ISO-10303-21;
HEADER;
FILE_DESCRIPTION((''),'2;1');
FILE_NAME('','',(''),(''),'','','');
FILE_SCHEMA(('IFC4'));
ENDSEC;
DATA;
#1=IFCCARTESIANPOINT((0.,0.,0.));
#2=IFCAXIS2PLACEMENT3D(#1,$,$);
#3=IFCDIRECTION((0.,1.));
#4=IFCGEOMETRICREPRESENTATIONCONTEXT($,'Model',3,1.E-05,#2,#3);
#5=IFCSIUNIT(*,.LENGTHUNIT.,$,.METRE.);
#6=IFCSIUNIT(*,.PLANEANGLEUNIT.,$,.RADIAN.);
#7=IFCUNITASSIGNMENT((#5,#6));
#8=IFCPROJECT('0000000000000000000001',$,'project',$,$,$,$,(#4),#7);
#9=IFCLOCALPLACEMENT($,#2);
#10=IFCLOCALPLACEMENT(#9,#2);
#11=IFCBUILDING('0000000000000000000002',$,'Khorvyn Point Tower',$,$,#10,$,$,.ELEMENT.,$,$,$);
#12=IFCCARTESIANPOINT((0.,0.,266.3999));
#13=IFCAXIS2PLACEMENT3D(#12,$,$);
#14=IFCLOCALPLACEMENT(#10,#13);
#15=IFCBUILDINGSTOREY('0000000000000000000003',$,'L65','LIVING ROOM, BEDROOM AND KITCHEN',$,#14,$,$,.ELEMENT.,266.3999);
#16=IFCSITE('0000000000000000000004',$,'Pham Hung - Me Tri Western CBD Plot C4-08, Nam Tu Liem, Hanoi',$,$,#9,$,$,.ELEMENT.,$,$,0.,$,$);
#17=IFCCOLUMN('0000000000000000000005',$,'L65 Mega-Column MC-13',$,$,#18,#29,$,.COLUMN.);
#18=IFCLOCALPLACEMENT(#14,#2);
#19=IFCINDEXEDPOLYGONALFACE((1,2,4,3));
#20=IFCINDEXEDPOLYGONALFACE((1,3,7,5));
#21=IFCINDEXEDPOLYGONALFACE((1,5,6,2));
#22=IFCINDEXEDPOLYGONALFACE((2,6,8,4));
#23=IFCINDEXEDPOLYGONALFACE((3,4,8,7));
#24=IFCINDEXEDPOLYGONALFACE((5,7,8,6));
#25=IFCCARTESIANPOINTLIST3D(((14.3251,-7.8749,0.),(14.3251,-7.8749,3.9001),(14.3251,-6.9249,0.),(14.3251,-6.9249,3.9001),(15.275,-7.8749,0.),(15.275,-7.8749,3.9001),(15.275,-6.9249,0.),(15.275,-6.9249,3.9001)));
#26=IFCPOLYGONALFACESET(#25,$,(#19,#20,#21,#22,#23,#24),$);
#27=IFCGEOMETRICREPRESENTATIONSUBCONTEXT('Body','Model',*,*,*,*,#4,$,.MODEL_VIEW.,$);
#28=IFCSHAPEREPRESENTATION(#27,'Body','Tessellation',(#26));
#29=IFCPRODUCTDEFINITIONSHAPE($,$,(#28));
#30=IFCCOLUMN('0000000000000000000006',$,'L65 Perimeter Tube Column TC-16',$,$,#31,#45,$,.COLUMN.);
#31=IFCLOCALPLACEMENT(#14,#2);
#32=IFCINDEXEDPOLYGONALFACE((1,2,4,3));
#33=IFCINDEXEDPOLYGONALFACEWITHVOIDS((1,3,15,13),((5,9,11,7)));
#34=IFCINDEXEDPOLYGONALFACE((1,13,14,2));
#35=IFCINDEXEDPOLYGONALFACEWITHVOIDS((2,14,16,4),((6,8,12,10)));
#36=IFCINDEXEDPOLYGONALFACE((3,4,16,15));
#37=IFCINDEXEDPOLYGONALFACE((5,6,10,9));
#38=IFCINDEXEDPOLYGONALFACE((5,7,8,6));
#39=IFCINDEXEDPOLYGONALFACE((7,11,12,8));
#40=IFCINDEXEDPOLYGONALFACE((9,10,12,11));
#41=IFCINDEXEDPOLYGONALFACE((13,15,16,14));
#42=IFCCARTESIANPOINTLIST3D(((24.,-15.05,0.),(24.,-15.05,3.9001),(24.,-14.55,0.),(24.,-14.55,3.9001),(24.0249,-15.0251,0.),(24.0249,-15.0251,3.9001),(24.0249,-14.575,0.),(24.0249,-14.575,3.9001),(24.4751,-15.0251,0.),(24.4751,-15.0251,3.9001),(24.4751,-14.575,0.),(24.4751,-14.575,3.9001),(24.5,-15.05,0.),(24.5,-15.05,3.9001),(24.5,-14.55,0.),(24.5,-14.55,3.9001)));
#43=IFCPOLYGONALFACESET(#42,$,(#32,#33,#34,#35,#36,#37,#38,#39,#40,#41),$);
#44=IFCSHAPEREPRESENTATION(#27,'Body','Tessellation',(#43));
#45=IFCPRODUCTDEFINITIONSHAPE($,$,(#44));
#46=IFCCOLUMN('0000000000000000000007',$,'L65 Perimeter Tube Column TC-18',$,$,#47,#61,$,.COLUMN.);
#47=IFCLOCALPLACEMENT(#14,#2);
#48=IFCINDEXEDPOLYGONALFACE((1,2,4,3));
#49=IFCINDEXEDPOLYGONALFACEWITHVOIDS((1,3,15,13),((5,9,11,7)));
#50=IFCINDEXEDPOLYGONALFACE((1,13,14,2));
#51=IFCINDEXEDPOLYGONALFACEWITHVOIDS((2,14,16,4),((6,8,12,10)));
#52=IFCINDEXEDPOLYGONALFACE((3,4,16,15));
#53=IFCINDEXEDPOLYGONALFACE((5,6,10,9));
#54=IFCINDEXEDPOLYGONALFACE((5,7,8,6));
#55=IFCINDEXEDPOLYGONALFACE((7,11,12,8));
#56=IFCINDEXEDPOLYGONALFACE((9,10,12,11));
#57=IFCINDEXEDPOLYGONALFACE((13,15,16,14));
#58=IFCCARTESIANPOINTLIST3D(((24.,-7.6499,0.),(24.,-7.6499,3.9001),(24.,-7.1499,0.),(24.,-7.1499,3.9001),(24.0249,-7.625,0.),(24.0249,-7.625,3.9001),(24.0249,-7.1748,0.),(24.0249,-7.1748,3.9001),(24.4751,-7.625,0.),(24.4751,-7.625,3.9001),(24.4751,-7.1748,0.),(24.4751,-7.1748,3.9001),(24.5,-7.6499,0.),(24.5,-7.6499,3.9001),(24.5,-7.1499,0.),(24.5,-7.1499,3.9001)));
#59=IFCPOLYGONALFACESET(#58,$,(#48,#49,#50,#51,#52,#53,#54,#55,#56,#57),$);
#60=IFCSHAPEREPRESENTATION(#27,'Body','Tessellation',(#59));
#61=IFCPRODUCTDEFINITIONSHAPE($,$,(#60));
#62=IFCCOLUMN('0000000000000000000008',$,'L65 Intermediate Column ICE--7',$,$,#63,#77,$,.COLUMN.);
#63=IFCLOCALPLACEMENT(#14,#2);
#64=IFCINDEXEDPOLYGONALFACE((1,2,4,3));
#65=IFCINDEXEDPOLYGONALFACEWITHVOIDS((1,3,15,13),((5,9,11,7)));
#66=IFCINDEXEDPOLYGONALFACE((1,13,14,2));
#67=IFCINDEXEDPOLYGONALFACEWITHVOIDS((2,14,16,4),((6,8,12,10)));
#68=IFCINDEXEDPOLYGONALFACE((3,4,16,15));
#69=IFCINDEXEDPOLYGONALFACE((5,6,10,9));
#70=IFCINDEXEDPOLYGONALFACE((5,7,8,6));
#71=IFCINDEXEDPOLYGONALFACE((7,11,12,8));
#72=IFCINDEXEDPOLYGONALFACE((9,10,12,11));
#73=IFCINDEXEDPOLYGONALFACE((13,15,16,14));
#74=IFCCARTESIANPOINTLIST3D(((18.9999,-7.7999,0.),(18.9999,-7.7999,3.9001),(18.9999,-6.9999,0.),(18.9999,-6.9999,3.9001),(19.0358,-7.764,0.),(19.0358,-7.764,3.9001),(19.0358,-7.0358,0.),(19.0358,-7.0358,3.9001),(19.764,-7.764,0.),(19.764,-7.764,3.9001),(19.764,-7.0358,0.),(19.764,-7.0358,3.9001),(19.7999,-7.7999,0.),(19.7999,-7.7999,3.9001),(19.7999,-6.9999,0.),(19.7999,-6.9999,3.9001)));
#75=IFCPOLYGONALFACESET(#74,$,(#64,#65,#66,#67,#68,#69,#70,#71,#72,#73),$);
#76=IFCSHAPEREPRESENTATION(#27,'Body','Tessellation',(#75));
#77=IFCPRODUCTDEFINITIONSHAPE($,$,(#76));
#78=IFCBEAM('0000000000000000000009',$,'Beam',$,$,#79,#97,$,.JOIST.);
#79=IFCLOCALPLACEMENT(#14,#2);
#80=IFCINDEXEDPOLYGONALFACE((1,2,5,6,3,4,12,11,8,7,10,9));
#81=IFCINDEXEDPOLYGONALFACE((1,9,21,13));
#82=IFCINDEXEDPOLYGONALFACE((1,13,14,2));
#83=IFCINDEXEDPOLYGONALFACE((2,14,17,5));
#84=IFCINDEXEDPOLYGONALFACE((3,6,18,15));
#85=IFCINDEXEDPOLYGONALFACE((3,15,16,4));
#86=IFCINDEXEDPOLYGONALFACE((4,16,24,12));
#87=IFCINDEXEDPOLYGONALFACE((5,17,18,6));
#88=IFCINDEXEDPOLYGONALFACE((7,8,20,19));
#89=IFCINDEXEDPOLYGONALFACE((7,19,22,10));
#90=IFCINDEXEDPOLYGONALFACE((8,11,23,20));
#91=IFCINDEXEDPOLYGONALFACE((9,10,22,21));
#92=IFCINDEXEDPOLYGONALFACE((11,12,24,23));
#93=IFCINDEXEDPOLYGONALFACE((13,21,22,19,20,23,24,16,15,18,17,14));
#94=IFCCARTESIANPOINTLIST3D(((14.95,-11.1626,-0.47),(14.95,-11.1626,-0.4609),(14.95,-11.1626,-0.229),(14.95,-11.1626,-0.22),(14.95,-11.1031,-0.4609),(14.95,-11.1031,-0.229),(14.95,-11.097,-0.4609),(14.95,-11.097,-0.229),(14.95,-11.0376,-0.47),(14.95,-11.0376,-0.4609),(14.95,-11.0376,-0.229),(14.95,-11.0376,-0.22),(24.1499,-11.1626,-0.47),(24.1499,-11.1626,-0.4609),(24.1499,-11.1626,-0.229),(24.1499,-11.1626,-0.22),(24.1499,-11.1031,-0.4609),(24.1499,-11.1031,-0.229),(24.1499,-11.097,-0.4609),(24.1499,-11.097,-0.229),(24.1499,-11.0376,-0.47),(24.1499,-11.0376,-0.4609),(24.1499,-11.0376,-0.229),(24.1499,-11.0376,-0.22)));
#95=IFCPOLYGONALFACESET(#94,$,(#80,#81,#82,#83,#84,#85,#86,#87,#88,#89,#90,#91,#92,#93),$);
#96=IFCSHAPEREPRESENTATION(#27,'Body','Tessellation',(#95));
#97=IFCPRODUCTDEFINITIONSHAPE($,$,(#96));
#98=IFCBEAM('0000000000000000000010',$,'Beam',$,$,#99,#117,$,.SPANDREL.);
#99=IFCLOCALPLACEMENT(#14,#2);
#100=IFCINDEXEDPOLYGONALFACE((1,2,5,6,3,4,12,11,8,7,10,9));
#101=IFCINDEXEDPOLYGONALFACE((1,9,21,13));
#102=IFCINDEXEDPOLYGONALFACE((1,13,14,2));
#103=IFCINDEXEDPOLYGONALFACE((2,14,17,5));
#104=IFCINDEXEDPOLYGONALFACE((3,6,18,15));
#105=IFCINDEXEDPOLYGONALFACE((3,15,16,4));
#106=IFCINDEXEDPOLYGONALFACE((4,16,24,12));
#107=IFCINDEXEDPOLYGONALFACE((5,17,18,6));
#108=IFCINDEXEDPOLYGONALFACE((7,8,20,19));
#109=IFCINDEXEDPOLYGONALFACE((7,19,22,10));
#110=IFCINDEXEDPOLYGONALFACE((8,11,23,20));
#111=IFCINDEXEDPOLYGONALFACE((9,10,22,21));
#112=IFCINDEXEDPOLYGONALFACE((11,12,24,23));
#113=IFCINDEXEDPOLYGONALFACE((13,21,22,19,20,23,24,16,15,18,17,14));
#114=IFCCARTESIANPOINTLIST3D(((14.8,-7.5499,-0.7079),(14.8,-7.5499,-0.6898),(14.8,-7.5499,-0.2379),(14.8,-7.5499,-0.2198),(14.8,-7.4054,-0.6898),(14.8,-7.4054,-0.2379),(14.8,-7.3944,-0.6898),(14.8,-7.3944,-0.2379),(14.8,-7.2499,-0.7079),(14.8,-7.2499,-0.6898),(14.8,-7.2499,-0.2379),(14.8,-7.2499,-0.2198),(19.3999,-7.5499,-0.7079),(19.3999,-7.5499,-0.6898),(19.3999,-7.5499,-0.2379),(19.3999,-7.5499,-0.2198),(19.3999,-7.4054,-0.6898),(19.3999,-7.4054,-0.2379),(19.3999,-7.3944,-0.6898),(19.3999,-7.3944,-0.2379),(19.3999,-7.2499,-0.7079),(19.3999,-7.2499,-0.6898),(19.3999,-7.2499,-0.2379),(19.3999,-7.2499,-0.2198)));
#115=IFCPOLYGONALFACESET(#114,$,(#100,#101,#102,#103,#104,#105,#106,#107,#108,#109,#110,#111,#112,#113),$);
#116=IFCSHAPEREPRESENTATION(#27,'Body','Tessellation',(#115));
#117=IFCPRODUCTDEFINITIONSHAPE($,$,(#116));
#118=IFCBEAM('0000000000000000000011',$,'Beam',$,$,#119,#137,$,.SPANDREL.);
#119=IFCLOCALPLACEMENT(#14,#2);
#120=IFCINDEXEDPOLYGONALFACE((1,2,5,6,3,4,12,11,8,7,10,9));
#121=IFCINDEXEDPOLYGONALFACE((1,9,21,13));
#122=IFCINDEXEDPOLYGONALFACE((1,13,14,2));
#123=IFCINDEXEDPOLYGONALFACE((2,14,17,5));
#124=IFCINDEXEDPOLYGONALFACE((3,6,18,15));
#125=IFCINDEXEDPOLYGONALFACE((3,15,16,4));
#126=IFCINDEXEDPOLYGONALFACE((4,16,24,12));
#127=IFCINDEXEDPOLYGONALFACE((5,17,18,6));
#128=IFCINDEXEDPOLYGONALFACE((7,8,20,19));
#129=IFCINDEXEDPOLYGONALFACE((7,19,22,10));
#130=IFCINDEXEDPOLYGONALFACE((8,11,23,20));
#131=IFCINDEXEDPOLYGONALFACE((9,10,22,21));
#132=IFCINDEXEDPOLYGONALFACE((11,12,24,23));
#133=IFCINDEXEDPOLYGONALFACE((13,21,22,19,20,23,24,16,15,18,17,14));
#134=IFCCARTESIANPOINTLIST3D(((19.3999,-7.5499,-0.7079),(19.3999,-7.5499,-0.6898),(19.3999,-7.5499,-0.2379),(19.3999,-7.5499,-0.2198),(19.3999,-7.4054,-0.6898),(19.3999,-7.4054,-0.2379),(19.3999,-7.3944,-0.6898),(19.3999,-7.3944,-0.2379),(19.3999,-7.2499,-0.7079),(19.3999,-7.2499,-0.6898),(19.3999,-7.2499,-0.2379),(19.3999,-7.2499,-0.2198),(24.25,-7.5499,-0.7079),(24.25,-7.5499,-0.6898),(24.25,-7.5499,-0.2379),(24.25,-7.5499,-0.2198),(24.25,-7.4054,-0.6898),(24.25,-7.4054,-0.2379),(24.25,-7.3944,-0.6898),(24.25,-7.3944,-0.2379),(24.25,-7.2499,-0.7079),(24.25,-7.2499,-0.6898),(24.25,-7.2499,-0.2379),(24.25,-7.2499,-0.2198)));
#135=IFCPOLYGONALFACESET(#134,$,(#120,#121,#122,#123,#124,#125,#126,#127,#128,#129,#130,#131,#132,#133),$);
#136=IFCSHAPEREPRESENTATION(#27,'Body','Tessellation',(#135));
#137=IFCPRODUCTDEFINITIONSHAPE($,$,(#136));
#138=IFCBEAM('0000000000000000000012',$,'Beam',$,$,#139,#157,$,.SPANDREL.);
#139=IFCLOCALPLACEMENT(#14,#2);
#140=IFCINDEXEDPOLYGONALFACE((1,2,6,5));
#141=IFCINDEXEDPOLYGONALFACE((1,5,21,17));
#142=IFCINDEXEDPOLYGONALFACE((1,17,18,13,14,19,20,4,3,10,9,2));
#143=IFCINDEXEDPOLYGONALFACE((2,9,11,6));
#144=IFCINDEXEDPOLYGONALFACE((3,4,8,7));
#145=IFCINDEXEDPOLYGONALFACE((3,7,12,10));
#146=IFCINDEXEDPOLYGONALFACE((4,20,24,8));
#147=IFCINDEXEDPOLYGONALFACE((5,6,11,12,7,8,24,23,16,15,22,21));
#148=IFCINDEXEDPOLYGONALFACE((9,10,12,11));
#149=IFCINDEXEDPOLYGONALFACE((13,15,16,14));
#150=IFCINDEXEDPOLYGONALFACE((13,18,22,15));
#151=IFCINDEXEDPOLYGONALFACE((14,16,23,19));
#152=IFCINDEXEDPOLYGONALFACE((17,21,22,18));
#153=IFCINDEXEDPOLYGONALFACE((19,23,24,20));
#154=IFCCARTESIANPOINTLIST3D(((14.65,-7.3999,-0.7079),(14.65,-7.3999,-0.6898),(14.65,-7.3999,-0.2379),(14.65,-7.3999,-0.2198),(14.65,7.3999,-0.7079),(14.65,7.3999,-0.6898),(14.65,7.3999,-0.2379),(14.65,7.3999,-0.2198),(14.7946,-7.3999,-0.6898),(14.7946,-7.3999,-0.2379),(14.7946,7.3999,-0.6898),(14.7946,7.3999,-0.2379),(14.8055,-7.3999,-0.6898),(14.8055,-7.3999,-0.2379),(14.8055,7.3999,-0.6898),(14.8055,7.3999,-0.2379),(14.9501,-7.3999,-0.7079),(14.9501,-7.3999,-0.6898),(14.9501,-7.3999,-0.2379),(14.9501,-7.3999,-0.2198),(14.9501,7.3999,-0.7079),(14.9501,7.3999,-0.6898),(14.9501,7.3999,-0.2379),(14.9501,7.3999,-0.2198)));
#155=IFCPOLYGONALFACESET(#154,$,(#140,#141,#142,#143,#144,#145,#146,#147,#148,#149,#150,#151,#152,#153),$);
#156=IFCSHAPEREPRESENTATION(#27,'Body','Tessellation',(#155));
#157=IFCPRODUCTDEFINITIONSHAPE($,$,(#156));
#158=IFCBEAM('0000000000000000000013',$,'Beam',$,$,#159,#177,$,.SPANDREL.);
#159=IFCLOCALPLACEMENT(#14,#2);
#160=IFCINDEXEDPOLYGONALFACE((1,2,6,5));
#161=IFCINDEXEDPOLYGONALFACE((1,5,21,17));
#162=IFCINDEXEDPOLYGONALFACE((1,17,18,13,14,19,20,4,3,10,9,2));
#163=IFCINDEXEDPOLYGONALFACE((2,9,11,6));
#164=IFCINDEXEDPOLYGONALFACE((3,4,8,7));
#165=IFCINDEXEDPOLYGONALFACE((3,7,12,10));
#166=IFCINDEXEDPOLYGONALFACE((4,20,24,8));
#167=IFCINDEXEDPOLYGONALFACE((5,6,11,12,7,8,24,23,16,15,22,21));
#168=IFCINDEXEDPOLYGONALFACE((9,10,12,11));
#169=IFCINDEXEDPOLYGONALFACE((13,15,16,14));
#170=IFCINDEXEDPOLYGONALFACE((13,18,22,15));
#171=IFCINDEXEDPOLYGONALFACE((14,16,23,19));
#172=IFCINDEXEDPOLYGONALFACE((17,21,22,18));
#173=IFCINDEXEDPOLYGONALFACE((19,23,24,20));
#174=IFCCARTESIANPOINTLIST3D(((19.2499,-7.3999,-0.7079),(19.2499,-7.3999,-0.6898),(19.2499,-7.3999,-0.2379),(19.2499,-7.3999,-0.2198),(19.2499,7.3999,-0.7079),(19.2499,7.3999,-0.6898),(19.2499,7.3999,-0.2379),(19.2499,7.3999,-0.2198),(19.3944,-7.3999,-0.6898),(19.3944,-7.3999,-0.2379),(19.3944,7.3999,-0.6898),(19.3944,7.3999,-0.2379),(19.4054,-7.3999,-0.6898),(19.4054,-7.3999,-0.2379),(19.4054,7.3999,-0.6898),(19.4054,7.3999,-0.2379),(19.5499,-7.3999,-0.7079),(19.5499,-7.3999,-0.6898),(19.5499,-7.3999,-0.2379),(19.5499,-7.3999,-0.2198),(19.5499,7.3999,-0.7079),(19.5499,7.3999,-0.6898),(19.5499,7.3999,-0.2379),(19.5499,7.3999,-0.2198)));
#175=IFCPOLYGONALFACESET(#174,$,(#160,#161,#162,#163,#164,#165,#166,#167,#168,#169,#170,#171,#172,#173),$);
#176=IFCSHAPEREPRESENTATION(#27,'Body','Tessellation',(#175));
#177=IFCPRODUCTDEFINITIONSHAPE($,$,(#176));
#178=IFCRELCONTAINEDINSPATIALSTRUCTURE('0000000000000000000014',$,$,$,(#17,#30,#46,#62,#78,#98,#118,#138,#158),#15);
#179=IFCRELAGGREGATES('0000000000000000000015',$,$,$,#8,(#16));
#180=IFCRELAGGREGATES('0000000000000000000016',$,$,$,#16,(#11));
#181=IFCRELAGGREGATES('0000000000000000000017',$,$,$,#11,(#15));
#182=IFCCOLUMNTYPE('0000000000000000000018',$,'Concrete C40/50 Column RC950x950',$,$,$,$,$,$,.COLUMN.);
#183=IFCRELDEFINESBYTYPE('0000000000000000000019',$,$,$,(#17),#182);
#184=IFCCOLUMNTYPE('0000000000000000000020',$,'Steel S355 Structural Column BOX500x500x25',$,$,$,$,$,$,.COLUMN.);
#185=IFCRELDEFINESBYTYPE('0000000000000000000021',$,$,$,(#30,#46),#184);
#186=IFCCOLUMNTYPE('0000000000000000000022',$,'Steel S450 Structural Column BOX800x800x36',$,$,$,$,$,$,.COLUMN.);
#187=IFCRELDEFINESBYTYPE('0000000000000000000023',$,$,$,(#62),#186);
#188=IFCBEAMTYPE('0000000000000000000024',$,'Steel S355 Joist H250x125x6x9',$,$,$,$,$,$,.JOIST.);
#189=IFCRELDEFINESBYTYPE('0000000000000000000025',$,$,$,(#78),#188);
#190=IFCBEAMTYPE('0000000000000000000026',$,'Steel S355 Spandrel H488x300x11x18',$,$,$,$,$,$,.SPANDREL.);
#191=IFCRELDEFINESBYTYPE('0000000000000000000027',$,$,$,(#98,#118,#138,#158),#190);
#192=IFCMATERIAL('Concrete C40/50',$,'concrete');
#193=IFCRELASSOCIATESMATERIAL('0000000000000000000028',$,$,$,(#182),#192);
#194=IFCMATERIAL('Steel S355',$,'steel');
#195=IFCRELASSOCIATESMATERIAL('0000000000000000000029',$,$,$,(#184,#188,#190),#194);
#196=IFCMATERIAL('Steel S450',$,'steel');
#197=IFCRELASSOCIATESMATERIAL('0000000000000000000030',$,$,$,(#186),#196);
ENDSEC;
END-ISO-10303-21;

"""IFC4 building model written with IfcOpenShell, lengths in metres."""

from ifc_helpers import new_model, si_unit, direction, frame, origin, origin_2d, place, context, subcontext, project, spatial, rectangle, hollow_rectangle, i_section, extrude, material, material_profile, profile_set, type_object, element, save


model = new_model("IFC4")

# Units and contexts
model_context = context("Model", 3, precision=1e-05, world=origin(), true_north=direction((0.0, 1.0)))
body_context = subcontext(model_context, "Body", "Model", "MODEL_VIEW")
ifc_project = project(units=[si_unit("LENGTHUNIT", "METRE"), si_unit("PLANEANGLEUNIT", "RADIAN")], contexts=[model_context])

# Site, building, storey
site_placement = place(None, origin())
site = spatial("IfcSite", under=ifc_project, at=site_placement, Name="Pham Hung - Me Tri Western CBD Plot C4-08, Nam Tu Liem, Hanoi", CompositionType="ELEMENT", RefElevation=0.0)
building_placement = place(site_placement, origin())
building = spatial("IfcBuilding", under=site, at=building_placement, Name="Khorvyn Point Tower", CompositionType="ELEMENT")
storey_placement = place(building_placement, frame((0.0, 0.0, 266.3999)))
storey = spatial("IfcBuildingStorey", under=building, at=storey_placement, Name="L65", Description="LIVING ROOM, BEDROOM AND KITCHEN", CompositionType="ELEMENT", Elevation=266.3999)

# Columns
ifc_material_1 = material(Name="Concrete C40/50", Category="concrete")
ifc_material_profile_1 = material_profile(ifc_material_1, rectangle(XDim=0.95, YDim=0.95, at=origin_2d()))
ifc_profile_set_1 = profile_set([ifc_material_profile_1], Name="Concrete C40/50 RC950x950")
column_type_1 = type_object("IfcColumnType", Name="Concrete C40/50 Column RC950x950", PredefinedType="COLUMN", material=ifc_profile_set_1)
column_1_placement = place(storey_placement, frame((14.8, -7.3999, 0.0), z_axis=(0.0, 0.0, 1.0), x_axis=(1.0, 0.0, 0.0)))
element("IfcColumn", 1, at=column_1_placement, inside=storey, type_object=column_type_1, Name="L65 Mega-Column MC-13", PredefinedType="COLUMN", context=body_context, shape_type="SweptSolid", body=[
    extrude(rectangle(XDim=0.95, YDim=0.95, at=origin_2d()), origin(), (0.0, 0.0, 1.0), 3.9001),
])
ifc_material_2 = material(Name="Steel S355", Category="steel")
ifc_material_profile_2 = material_profile(ifc_material_2, hollow_rectangle(XDim=0.5, YDim=0.5, WallThickness=0.0249, at=origin_2d()))
ifc_profile_set_2 = profile_set([ifc_material_profile_2], Name="Steel S355 BOX500x500x25")
column_type_2 = type_object("IfcColumnType", Name="Steel S355 Structural Column BOX500x500x25", PredefinedType="COLUMN", material=ifc_profile_set_2)
for number, where, z_axis, x_axis, name in (
    (2, (24.25, -14.8, 0.0), (0.0, 0.0, 1.0), (1.0, 0.0, 0.0), "L65 Perimeter Tube Column TC-16"),
    (3, (24.25, -7.3999, 0.0), (0.0, 0.0, 1.0), (1.0, 0.0, 0.0), "L65 Perimeter Tube Column TC-18"),
):
    element("IfcColumn", number, at=place(storey_placement, frame(where, z_axis=z_axis, x_axis=x_axis)), inside=storey, type_object=column_type_2, Name=name, PredefinedType="COLUMN", context=body_context, shape_type="SweptSolid", body=[
        extrude(hollow_rectangle(XDim=0.5, YDim=0.5, WallThickness=0.0249, at=origin_2d()), origin(), (0.0, 0.0, 1.0), 3.9001),
    ])
ifc_material_3 = material(Name="Steel S450", Category="steel")
ifc_material_profile_3 = material_profile(ifc_material_3, hollow_rectangle(XDim=0.8, YDim=0.8, WallThickness=0.0359, at=origin_2d()))
ifc_profile_set_3 = profile_set([ifc_material_profile_3], Name="Steel S450 BOX800x800x36")
column_type_3 = type_object("IfcColumnType", Name="Steel S450 Structural Column BOX800x800x36", PredefinedType="COLUMN", material=ifc_profile_set_3)
column_2_placement = place(storey_placement, frame((19.3999, -7.3999, 0.0), z_axis=(0.0, 0.0, 1.0), x_axis=(1.0, 0.0, 0.0)))
element("IfcColumn", 4, at=column_2_placement, inside=storey, type_object=column_type_3, Name="L65 Intermediate Column ICE--7", PredefinedType="COLUMN", context=body_context, shape_type="SweptSolid", body=[
    extrude(hollow_rectangle(XDim=0.8, YDim=0.8, WallThickness=0.0359, at=origin_2d()), origin(), (0.0, 0.0, 1.0), 3.9001),
])

# Beams
ifc_material_profile_4 = material_profile(ifc_material_2, i_section(OverallWidth=0.125, OverallDepth=0.25, WebThickness=0.0061, FlangeThickness=0.009, at=origin_2d()))
ifc_profile_set_4 = profile_set([ifc_material_profile_4], Name="Steel S355 H250x125x6x9")
beam_type_1 = type_object("IfcBeamType", Name="Steel S355 Joist H250x125x6x9", PredefinedType="JOIST", material=ifc_profile_set_4)
beam_1_placement = place(storey_placement, frame((14.95, -11.1001, -0.345), z_axis=(1.0, 0.0, 0.0), x_axis=(0.0, 1.0, 0.0)))
element("IfcBeam", 5, at=beam_1_placement, inside=storey, type_object=beam_type_1, Name="Beam", PredefinedType="JOIST", context=body_context, shape_type="SweptSolid", body=[
    extrude(i_section(OverallWidth=0.125, OverallDepth=0.25, WebThickness=0.0061, FlangeThickness=0.009, at=origin_2d()), origin(), (0.0, 0.0, 1.0), 9.2),
])
ifc_material_profile_5 = material_profile(ifc_material_2, i_section(OverallWidth=0.3, OverallDepth=0.488, WebThickness=0.011, FlangeThickness=0.0181, at=origin_2d()))
ifc_profile_set_5 = profile_set([ifc_material_profile_5], Name="Steel S355 H488x300x11x18")
beam_type_2 = type_object("IfcBeamType", Name="Steel S355 Spandrel H488x300x11x18", PredefinedType="SPANDREL", material=ifc_profile_set_5)
beam_2_placement = place(storey_placement, frame((14.8, -7.3999, -0.4639), z_axis=(1.0, 0.0, 0.0), x_axis=(0.0, 1.0, 0.0)))
element("IfcBeam", 6, at=beam_2_placement, inside=storey, type_object=beam_type_2, Name="Beam", PredefinedType="SPANDREL", context=body_context, shape_type="SweptSolid", body=[
    extrude(i_section(OverallWidth=0.3, OverallDepth=0.488, WebThickness=0.011, FlangeThickness=0.0181, at=origin_2d()), origin(), (0.0, 0.0, 1.0), 4.5999),
])
beam_3_placement = place(storey_placement, frame((19.3999, -7.3999, -0.4639), z_axis=(1.0, 0.0, 0.0), x_axis=(0.0, 1.0, 0.0)))
element("IfcBeam", 7, at=beam_3_placement, inside=storey, type_object=beam_type_2, Name="Beam", PredefinedType="SPANDREL", context=body_context, shape_type="SweptSolid", body=[
    extrude(i_section(OverallWidth=0.3, OverallDepth=0.488, WebThickness=0.011, FlangeThickness=0.0181, at=origin_2d()), origin(), (0.0, 0.0, 1.0), 4.8501),
])
for number, where, z_axis, x_axis, name in (
    (8, (14.8, -7.3999, -0.4639), (0.0, 1.0, 0.0), (-1.0, 0.0, 0.0), "Beam"),
    (9, (19.3999, -7.3999, -0.4639), (0.0, 1.0, 0.0), (-1.0, 0.0, 0.0), "Beam"),
):
    element("IfcBeam", number, at=place(storey_placement, frame(where, z_axis=z_axis, x_axis=x_axis)), inside=storey, type_object=beam_type_2, Name=name, PredefinedType="SPANDREL", context=body_context, shape_type="SweptSolid", body=[
        extrude(i_section(OverallWidth=0.3, OverallDepth=0.488, WebThickness=0.011, FlangeThickness=0.0181, at=origin_2d()), origin(), (0.0, 0.0, 1.0), 14.7998),
    ])

save(model, "model.ifc")
